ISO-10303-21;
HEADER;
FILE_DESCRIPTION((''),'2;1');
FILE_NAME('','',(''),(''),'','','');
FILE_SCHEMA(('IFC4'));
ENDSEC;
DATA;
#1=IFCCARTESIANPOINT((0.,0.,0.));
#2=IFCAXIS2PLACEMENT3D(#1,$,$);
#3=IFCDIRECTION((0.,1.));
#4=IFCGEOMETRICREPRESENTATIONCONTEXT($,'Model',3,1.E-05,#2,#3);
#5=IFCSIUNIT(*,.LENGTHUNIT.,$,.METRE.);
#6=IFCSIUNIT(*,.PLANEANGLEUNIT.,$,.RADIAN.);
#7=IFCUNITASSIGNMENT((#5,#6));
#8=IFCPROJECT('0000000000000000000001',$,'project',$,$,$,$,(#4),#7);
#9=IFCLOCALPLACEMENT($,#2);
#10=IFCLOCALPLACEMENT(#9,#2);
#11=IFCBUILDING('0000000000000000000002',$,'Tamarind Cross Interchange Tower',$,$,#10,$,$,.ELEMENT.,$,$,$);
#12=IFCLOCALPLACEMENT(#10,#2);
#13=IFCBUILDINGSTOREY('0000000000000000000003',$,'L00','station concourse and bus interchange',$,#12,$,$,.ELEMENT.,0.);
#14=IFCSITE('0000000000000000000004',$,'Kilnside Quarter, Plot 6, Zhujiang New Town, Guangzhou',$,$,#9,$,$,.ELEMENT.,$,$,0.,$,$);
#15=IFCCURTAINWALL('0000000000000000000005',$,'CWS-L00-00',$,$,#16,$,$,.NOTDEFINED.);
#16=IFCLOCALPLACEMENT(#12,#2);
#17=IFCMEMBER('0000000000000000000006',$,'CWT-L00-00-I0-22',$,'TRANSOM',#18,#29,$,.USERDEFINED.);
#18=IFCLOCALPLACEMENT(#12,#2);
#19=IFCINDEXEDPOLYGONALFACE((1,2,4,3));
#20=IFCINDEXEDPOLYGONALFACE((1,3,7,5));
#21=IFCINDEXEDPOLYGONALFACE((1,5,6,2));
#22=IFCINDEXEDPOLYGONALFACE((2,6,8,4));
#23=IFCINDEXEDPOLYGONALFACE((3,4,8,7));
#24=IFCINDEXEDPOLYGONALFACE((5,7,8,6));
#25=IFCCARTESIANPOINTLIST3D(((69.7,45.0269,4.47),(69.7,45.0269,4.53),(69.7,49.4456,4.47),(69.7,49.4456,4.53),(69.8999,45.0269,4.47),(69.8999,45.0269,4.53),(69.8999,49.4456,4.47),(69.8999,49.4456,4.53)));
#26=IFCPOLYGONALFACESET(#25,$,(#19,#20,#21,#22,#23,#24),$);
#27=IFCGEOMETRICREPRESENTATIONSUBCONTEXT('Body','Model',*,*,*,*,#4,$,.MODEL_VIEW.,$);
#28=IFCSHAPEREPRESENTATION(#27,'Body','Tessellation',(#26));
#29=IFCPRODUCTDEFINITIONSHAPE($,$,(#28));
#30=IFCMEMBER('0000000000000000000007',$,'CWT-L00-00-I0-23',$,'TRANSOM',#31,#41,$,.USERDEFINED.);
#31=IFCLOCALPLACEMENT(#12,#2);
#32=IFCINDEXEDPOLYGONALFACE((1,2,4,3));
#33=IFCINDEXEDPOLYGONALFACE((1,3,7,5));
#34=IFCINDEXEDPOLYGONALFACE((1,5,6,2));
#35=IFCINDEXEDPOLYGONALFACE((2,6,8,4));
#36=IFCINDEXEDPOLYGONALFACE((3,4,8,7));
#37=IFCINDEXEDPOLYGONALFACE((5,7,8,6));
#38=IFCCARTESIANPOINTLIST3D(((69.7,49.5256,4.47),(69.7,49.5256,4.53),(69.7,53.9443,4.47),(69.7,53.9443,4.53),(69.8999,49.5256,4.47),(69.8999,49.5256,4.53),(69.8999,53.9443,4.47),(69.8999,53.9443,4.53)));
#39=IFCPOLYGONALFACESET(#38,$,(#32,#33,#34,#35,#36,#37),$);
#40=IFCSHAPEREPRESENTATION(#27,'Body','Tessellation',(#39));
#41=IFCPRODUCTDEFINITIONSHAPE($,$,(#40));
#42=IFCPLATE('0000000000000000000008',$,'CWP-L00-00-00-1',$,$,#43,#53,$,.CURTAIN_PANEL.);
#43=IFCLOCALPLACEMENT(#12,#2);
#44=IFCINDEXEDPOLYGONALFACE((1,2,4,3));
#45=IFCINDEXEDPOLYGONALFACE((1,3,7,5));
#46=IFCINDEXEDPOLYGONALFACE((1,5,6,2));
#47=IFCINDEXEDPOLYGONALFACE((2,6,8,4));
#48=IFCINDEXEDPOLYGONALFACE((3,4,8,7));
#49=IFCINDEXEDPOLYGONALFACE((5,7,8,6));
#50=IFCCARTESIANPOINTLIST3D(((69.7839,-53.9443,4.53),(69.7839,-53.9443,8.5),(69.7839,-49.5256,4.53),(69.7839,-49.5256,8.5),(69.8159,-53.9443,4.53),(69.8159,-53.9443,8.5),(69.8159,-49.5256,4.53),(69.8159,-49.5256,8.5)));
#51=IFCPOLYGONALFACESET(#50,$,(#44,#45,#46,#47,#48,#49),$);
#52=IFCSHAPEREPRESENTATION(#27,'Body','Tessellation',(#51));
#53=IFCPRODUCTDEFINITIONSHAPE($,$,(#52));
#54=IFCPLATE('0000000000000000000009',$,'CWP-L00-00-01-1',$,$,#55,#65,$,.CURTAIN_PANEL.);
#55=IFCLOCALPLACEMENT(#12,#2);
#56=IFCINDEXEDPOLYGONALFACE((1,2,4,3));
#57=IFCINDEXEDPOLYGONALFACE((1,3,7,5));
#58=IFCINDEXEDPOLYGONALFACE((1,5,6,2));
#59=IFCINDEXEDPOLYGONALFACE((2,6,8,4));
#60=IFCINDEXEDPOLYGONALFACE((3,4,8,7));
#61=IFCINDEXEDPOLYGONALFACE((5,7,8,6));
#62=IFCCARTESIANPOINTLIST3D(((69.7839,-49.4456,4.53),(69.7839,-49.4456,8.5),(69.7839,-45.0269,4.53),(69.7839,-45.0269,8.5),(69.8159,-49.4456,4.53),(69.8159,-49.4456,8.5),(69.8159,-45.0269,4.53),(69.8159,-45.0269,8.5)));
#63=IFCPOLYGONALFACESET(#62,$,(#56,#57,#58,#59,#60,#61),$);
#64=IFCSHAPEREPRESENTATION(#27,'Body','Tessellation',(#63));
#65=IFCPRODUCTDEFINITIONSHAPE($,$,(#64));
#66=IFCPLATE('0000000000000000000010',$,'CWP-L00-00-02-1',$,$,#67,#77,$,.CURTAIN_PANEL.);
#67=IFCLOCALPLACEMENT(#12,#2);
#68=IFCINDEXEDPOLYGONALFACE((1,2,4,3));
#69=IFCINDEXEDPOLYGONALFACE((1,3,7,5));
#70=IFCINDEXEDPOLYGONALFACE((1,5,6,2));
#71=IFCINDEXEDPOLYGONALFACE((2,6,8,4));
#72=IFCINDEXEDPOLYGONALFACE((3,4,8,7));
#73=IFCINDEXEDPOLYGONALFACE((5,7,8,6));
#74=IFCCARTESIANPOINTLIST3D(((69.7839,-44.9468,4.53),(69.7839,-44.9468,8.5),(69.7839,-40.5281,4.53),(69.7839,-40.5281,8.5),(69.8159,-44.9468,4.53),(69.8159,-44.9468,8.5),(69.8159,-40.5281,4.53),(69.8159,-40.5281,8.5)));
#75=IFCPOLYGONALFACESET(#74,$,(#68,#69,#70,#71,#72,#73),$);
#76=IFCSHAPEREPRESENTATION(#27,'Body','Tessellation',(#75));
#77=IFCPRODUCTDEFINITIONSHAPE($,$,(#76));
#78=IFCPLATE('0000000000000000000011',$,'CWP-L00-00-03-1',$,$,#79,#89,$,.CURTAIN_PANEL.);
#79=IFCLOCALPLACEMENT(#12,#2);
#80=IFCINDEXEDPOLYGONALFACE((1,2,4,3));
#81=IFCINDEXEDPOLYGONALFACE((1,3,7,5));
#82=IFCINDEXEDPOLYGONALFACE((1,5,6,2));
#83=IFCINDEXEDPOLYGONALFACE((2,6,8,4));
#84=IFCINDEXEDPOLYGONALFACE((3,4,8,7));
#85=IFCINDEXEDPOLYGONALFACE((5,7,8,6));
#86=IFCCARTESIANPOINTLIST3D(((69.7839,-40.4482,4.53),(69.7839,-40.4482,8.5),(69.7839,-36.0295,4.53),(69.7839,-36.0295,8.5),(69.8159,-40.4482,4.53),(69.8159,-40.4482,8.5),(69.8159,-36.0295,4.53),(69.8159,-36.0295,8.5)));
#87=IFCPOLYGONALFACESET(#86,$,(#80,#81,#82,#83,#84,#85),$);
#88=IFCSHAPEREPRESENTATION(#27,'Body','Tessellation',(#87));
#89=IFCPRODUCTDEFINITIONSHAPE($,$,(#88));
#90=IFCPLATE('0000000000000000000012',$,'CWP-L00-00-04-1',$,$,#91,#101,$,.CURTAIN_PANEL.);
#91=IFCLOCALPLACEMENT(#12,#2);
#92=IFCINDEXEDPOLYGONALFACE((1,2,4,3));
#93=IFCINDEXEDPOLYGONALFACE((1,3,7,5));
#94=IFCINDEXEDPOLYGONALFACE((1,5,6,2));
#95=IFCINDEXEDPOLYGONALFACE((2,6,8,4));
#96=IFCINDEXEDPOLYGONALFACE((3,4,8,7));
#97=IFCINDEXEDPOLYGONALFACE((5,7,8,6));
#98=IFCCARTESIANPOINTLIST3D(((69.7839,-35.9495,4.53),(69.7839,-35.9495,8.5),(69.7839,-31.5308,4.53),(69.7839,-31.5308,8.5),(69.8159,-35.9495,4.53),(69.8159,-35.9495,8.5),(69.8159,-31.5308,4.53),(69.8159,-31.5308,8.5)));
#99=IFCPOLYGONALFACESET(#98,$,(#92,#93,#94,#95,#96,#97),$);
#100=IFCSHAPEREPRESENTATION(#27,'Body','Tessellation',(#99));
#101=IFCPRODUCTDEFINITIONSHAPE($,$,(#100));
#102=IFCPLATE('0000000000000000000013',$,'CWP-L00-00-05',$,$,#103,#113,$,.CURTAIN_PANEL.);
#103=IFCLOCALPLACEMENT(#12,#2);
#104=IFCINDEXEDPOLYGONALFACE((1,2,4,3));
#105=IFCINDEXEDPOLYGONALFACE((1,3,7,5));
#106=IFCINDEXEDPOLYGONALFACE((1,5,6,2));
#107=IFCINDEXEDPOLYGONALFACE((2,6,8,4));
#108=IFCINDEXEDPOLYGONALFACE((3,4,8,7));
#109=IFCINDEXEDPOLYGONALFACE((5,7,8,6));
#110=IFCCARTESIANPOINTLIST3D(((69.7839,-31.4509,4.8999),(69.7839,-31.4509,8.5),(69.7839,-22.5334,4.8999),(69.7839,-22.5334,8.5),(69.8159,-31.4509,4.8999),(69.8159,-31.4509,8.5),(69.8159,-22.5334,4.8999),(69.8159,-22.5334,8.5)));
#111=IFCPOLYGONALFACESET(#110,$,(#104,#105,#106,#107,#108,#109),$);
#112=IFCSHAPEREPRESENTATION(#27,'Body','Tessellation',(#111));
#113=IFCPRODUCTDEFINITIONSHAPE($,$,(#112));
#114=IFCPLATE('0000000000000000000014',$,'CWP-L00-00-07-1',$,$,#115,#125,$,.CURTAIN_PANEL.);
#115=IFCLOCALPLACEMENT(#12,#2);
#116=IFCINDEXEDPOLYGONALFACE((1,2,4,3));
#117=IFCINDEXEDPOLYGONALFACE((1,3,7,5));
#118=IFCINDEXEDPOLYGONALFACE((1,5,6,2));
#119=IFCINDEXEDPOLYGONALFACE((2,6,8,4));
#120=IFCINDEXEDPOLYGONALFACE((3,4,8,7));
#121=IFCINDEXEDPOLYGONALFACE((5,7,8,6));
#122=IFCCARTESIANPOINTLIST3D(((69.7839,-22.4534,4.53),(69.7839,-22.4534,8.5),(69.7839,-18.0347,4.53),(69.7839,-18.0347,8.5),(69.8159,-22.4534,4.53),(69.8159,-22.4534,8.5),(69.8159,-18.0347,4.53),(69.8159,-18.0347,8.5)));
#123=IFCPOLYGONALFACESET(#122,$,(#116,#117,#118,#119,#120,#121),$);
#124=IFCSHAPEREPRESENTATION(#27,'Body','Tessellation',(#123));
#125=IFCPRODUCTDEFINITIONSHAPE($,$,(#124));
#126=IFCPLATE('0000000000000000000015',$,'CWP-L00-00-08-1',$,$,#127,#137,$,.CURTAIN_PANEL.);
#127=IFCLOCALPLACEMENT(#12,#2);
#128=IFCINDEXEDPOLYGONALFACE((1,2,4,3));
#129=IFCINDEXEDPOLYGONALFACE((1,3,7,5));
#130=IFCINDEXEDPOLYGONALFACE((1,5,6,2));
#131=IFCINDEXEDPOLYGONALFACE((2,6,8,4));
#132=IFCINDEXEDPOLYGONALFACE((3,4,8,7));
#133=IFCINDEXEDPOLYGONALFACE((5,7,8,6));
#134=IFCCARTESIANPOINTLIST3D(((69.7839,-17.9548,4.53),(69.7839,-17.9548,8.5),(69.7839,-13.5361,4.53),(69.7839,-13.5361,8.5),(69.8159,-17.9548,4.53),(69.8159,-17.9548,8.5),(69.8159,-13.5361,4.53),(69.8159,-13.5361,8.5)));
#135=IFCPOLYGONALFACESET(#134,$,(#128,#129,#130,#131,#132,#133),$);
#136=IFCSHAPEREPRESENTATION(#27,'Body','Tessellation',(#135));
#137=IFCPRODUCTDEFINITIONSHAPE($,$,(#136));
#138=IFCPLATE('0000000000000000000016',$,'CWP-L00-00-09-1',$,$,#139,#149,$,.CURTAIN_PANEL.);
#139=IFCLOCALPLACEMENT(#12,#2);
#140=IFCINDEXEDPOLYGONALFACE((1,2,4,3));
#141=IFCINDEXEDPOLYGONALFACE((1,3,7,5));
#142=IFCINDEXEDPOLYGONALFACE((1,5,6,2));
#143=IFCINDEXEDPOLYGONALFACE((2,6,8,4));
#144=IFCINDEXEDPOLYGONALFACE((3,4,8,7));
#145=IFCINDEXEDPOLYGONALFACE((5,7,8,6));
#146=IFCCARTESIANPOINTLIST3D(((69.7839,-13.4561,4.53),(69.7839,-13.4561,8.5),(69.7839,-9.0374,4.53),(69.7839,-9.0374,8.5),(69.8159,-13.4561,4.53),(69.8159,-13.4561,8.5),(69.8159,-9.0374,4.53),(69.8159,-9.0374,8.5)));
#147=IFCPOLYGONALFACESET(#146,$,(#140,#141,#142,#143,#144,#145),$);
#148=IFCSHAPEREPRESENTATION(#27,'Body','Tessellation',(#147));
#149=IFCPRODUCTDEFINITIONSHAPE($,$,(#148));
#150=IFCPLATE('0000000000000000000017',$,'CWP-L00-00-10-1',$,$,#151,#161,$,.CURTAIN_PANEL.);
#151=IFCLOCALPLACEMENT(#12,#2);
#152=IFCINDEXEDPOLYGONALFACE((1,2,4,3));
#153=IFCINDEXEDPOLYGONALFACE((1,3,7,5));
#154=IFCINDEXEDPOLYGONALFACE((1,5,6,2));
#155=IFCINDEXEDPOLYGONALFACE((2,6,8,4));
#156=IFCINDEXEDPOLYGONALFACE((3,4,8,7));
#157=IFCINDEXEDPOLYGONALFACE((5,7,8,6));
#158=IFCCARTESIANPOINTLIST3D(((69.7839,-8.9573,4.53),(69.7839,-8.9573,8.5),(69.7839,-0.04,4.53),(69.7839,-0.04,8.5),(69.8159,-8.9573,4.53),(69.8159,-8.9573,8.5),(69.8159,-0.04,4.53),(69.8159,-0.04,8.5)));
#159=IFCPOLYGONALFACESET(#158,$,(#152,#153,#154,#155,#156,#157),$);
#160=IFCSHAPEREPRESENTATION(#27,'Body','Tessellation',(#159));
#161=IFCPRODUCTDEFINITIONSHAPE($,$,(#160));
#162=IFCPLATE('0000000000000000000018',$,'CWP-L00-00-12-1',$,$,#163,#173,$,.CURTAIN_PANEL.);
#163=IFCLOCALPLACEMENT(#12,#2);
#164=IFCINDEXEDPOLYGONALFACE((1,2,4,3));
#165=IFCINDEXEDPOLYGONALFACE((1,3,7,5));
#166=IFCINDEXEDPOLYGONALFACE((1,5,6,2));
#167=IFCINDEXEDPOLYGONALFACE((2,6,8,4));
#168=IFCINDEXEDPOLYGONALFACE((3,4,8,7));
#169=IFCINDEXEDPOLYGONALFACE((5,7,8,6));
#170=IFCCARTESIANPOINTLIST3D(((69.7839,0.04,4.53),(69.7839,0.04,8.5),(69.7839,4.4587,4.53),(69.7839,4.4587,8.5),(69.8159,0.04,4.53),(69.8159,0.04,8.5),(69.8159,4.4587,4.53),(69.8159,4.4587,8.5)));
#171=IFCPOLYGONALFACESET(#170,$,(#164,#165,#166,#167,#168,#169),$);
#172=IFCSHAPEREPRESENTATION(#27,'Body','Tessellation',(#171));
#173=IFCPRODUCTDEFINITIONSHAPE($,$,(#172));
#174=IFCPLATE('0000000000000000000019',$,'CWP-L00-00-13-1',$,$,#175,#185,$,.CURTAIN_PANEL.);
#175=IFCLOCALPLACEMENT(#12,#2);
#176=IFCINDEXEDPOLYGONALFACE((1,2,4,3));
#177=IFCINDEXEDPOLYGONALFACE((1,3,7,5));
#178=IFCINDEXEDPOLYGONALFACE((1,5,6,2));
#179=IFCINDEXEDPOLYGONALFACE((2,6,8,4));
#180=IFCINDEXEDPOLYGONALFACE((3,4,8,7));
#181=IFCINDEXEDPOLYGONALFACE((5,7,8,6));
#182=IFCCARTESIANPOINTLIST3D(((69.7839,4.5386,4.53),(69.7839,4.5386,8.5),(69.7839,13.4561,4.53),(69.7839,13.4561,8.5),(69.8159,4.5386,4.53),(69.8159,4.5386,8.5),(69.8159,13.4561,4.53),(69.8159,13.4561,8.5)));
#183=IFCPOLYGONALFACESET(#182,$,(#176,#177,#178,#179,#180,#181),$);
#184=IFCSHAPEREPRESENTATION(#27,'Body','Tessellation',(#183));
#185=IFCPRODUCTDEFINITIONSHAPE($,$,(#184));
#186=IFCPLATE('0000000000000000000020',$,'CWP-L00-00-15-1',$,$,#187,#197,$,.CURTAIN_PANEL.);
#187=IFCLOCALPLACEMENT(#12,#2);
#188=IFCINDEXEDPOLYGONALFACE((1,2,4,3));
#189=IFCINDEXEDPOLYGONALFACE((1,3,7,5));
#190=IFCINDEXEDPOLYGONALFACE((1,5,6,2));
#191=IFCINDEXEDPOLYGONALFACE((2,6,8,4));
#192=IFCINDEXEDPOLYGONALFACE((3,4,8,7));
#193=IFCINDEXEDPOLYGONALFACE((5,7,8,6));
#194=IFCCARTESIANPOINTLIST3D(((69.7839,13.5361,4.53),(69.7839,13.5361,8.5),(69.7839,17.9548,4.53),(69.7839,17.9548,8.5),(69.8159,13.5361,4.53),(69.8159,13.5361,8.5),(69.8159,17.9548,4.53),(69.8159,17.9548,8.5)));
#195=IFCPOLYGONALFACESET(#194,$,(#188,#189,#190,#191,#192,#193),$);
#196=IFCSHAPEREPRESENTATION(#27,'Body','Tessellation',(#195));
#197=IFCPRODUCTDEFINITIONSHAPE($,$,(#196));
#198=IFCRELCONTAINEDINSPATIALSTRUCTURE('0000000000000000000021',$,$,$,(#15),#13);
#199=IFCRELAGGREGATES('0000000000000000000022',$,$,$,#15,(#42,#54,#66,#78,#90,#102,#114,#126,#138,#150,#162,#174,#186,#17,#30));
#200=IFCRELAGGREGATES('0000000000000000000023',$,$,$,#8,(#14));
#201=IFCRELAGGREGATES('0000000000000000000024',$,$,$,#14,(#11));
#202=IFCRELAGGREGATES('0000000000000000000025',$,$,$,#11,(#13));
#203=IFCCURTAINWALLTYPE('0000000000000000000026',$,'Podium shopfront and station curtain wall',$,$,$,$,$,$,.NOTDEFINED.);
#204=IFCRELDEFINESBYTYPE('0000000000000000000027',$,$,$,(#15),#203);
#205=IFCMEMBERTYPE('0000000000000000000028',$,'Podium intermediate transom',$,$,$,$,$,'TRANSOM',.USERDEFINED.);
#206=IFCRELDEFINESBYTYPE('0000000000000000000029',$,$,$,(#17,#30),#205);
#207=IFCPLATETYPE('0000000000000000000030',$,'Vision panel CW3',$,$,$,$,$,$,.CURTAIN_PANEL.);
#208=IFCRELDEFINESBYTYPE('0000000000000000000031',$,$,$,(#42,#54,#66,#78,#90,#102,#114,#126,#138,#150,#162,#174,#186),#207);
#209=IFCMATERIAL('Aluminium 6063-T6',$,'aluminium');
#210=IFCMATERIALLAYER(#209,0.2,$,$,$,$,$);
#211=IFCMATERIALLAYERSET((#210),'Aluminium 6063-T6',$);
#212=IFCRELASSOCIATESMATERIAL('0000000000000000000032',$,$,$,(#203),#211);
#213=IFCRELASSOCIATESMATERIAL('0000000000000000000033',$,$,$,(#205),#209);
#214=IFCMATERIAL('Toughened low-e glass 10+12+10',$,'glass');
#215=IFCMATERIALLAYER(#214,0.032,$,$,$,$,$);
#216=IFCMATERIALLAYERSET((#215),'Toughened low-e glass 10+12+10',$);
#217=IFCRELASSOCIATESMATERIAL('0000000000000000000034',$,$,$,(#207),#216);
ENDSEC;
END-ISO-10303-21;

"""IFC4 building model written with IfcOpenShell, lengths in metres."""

from ifc_helpers import new_model, si_unit, direction, frame, origin, place, context, subcontext, project, spatial, polyline, outline, extrude, material, layer, layer_set, type_object, element, aggregate, save


model = new_model("IFC4")

# Units and contexts
model_context = context("Model", 3, precision=1e-05, world=origin(), true_north=direction((0.0, 1.0)))
body_context = subcontext(model_context, "Body", "Model", "MODEL_VIEW")
ifc_project = project(units=[si_unit("LENGTHUNIT", "METRE"), si_unit("PLANEANGLEUNIT", "RADIAN")], contexts=[model_context])

# Site, building, storey
site_placement = place(None, origin())
site = spatial("IfcSite", under=ifc_project, at=site_placement, Name="Kilnside Quarter, Plot 6, Zhujiang New Town, Guangzhou", CompositionType="ELEMENT", RefElevation=0.0)
building_placement = place(site_placement, origin())
building = spatial("IfcBuilding", under=site, at=building_placement, Name="Tamarind Cross Interchange Tower", CompositionType="ELEMENT")
storey_placement = place(building_placement, origin())
storey = spatial("IfcBuildingStorey", under=building, at=storey_placement, Name="L00", Description="station concourse and bus interchange", CompositionType="ELEMENT", Elevation=0.0)

# Curtain wall, members, plates
ifc_material_1 = material(Name="Aluminium 6063-T6", Category="aluminium")
ifc_layer_1 = layer(ifc_material_1, 0.2)
ifc_layer_set_1 = layer_set([ifc_layer_1], Name="Aluminium 6063-T6")
curtain_wall_type = type_object("IfcCurtainWallType", Name="Podium shopfront and station curtain wall", PredefinedType="NOTDEFINED", material=ifc_layer_set_1)
curtain_wall_placement = place(storey_placement, origin())
curtain_wall = element("IfcCurtainWall", 1, at=curtain_wall_placement, inside=storey, type_object=curtain_wall_type, Name="CWS-L00-00", PredefinedType="NOTDEFINED")
member_type = type_object("IfcMemberType", Name="Podium intermediate transom", ElementType="TRANSOM", PredefinedType="USERDEFINED", material=ifc_material_1)
member_1_placement = place(storey_placement, frame((0.0, 0.0, 4.47)))
member_1 = element("IfcMember", 2, at=member_1_placement, type_object=member_type, Name="CWT-L00-00-I0-22", ObjectType="TRANSOM", PredefinedType="USERDEFINED", context=body_context, shape_type="SweptSolid", body=[
    extrude(outline(polyline([(69.7, 45.0269), (69.7, 49.4456), (69.8999, 49.4456), (69.8999, 45.0269), (69.7, 45.0269)])), origin(), (0.0, 0.0, 1.0), 0.0601),
])
member_2_placement = place(storey_placement, frame((0.0, 0.0, 4.47)))
member_2 = element("IfcMember", 3, at=member_2_placement, type_object=member_type, Name="CWT-L00-00-I0-23", ObjectType="TRANSOM", PredefinedType="USERDEFINED", context=body_context, shape_type="SweptSolid", body=[
    extrude(outline(polyline([(69.7, 49.5256), (69.7, 53.9443), (69.8999, 53.9443), (69.8999, 49.5256), (69.7, 49.5256)])), origin(), (0.0, 0.0, 1.0), 0.0601),
])
ifc_material_2 = material(Name="Toughened low-e glass 10+12+10", Category="glass")
ifc_layer_2 = layer(ifc_material_2, 0.032)
ifc_layer_set_2 = layer_set([ifc_layer_2], Name="Toughened low-e glass 10+12+10")
plate_type = type_object("IfcPlateType", Name="Vision panel CW3", PredefinedType="CURTAIN_PANEL", material=ifc_layer_set_2)
plate_1_placement = place(storey_placement, frame((0.0, 0.0, 4.53)))
plate_1 = element("IfcPlate", 4, at=plate_1_placement, type_object=plate_type, Name="CWP-L00-00-00-1", PredefinedType="CURTAIN_PANEL", context=body_context, shape_type="SweptSolid", body=[
    extrude(outline(polyline([(69.7839, -53.9443), (69.7839, -49.5256), (69.8159, -49.5256), (69.8159, -53.9443), (69.7839, -53.9443)])), origin(), (0.0, 0.0, 1.0), 3.97),
])
plate_2_placement = place(storey_placement, frame((0.0, 0.0, 4.53)))
plate_2 = element("IfcPlate", 5, at=plate_2_placement, type_object=plate_type, Name="CWP-L00-00-01-1", PredefinedType="CURTAIN_PANEL", context=body_context, shape_type="SweptSolid", body=[
    extrude(outline(polyline([(69.7839, -49.4456), (69.7839, -45.0269), (69.8159, -45.0269), (69.8159, -49.4456), (69.7839, -49.4456)])), origin(), (0.0, 0.0, 1.0), 3.97),
])
plate_3_placement = place(storey_placement, frame((0.0, 0.0, 4.53)))
plate_3 = element("IfcPlate", 6, at=plate_3_placement, type_object=plate_type, Name="CWP-L00-00-02-1", PredefinedType="CURTAIN_PANEL", context=body_context, shape_type="SweptSolid", body=[
    extrude(outline(polyline([(69.7839, -44.9468), (69.7839, -40.5281), (69.8159, -40.5281), (69.8159, -44.9468), (69.7839, -44.9468)])), origin(), (0.0, 0.0, 1.0), 3.97),
])
plate_4_placement = place(storey_placement, frame((0.0, 0.0, 4.53)))
plate_4 = element("IfcPlate", 7, at=plate_4_placement, type_object=plate_type, Name="CWP-L00-00-03-1", PredefinedType="CURTAIN_PANEL", context=body_context, shape_type="SweptSolid", body=[
    extrude(outline(polyline([(69.7839, -40.4482), (69.7839, -36.0295), (69.8159, -36.0295), (69.8159, -40.4482), (69.7839, -40.4482)])), origin(), (0.0, 0.0, 1.0), 3.97),
])
plate_5_placement = place(storey_placement, frame((0.0, 0.0, 4.53)))
plate_5 = element("IfcPlate", 8, at=plate_5_placement, type_object=plate_type, Name="CWP-L00-00-04-1", PredefinedType="CURTAIN_PANEL", context=body_context, shape_type="SweptSolid", body=[
    extrude(outline(polyline([(69.7839, -35.9495), (69.7839, -31.5308), (69.8159, -31.5308), (69.8159, -35.9495), (69.7839, -35.9495)])), origin(), (0.0, 0.0, 1.0), 3.97),
])
plate_6_placement = place(storey_placement, frame((0.0, 0.0, 4.8999)))
plate_6 = element("IfcPlate", 9, at=plate_6_placement, type_object=plate_type, Name="CWP-L00-00-05", PredefinedType="CURTAIN_PANEL", context=body_context, shape_type="SweptSolid", body=[
    extrude(outline(polyline([(69.7839, -31.4509), (69.7839, -22.5334), (69.8159, -22.5334), (69.8159, -31.4509), (69.7839, -31.4509)])), origin(), (0.0, 0.0, 1.0), 3.6001),
])
plate_7_placement = place(storey_placement, frame((0.0, 0.0, 4.53)))
plate_7 = element("IfcPlate", 10, at=plate_7_placement, type_object=plate_type, Name="CWP-L00-00-07-1", PredefinedType="CURTAIN_PANEL", context=body_context, shape_type="SweptSolid", body=[
    extrude(outline(polyline([(69.7839, -22.4534), (69.7839, -18.0347), (69.8159, -18.0347), (69.8159, -22.4534), (69.7839, -22.4534)])), origin(), (0.0, 0.0, 1.0), 3.97),
])
plate_8_placement = place(storey_placement, frame((0.0, 0.0, 4.53)))
plate_8 = element("IfcPlate", 11, at=plate_8_placement, type_object=plate_type, Name="CWP-L00-00-08-1", PredefinedType="CURTAIN_PANEL", context=body_context, shape_type="SweptSolid", body=[
    extrude(outline(polyline([(69.7839, -17.9548), (69.7839, -13.5361), (69.8159, -13.5361), (69.8159, -17.9548), (69.7839, -17.9548)])), origin(), (0.0, 0.0, 1.0), 3.97),
])
plate_9_placement = place(storey_placement, frame((0.0, 0.0, 4.53)))
plate_9 = element("IfcPlate", 12, at=plate_9_placement, type_object=plate_type, Name="CWP-L00-00-09-1", PredefinedType="CURTAIN_PANEL", context=body_context, shape_type="SweptSolid", body=[
    extrude(outline(polyline([(69.7839, -13.4561), (69.7839, -9.0374), (69.8159, -9.0374), (69.8159, -13.4561), (69.7839, -13.4561)])), origin(), (0.0, 0.0, 1.0), 3.97),
])
plate_10_placement = place(storey_placement, frame((0.0, 0.0, 4.53)))
plate_10 = element("IfcPlate", 13, at=plate_10_placement, type_object=plate_type, Name="CWP-L00-00-10-1", PredefinedType="CURTAIN_PANEL", context=body_context, shape_type="SweptSolid", body=[
    extrude(outline(polyline([(69.7839, -8.9573), (69.7839, -0.04), (69.8159, -0.04), (69.8159, -8.9573), (69.7839, -8.9573)])), origin(), (0.0, 0.0, 1.0), 3.97),
])
plate_11_placement = place(storey_placement, frame((0.0, 0.0, 4.53)))
plate_11 = element("IfcPlate", 14, at=plate_11_placement, type_object=plate_type, Name="CWP-L00-00-12-1", PredefinedType="CURTAIN_PANEL", context=body_context, shape_type="SweptSolid", body=[
    extrude(outline(polyline([(69.7839, 0.04), (69.7839, 4.4587), (69.8159, 4.4587), (69.8159, 0.04), (69.7839, 0.04)])), origin(), (0.0, 0.0, 1.0), 3.97),
])
plate_12_placement = place(storey_placement, frame((0.0, 0.0, 4.53)))
plate_12 = element("IfcPlate", 15, at=plate_12_placement, type_object=plate_type, Name="CWP-L00-00-13-1", PredefinedType="CURTAIN_PANEL", context=body_context, shape_type="SweptSolid", body=[
    extrude(outline(polyline([(69.7839, 4.5386), (69.7839, 13.4561), (69.8159, 13.4561), (69.8159, 4.5386), (69.7839, 4.5386)])), origin(), (0.0, 0.0, 1.0), 3.97),
])
plate_13_placement = place(storey_placement, frame((0.0, 0.0, 4.53)))
plate_13 = element("IfcPlate", 16, at=plate_13_placement, type_object=plate_type, Name="CWP-L00-00-15-1", PredefinedType="CURTAIN_PANEL", context=body_context, shape_type="SweptSolid", body=[
    extrude(outline(polyline([(69.7839, 13.5361), (69.7839, 17.9548), (69.8159, 17.9548), (69.8159, 13.5361), (69.7839, 13.5361)])), origin(), (0.0, 0.0, 1.0), 3.97),
])
aggregate(curtain_wall, [plate_1, plate_2, plate_3, plate_4, plate_5, plate_6, plate_7, plate_8, plate_9, plate_10, plate_11, plate_12, plate_13, member_1, member_2])

save(model, "model.ifc")
